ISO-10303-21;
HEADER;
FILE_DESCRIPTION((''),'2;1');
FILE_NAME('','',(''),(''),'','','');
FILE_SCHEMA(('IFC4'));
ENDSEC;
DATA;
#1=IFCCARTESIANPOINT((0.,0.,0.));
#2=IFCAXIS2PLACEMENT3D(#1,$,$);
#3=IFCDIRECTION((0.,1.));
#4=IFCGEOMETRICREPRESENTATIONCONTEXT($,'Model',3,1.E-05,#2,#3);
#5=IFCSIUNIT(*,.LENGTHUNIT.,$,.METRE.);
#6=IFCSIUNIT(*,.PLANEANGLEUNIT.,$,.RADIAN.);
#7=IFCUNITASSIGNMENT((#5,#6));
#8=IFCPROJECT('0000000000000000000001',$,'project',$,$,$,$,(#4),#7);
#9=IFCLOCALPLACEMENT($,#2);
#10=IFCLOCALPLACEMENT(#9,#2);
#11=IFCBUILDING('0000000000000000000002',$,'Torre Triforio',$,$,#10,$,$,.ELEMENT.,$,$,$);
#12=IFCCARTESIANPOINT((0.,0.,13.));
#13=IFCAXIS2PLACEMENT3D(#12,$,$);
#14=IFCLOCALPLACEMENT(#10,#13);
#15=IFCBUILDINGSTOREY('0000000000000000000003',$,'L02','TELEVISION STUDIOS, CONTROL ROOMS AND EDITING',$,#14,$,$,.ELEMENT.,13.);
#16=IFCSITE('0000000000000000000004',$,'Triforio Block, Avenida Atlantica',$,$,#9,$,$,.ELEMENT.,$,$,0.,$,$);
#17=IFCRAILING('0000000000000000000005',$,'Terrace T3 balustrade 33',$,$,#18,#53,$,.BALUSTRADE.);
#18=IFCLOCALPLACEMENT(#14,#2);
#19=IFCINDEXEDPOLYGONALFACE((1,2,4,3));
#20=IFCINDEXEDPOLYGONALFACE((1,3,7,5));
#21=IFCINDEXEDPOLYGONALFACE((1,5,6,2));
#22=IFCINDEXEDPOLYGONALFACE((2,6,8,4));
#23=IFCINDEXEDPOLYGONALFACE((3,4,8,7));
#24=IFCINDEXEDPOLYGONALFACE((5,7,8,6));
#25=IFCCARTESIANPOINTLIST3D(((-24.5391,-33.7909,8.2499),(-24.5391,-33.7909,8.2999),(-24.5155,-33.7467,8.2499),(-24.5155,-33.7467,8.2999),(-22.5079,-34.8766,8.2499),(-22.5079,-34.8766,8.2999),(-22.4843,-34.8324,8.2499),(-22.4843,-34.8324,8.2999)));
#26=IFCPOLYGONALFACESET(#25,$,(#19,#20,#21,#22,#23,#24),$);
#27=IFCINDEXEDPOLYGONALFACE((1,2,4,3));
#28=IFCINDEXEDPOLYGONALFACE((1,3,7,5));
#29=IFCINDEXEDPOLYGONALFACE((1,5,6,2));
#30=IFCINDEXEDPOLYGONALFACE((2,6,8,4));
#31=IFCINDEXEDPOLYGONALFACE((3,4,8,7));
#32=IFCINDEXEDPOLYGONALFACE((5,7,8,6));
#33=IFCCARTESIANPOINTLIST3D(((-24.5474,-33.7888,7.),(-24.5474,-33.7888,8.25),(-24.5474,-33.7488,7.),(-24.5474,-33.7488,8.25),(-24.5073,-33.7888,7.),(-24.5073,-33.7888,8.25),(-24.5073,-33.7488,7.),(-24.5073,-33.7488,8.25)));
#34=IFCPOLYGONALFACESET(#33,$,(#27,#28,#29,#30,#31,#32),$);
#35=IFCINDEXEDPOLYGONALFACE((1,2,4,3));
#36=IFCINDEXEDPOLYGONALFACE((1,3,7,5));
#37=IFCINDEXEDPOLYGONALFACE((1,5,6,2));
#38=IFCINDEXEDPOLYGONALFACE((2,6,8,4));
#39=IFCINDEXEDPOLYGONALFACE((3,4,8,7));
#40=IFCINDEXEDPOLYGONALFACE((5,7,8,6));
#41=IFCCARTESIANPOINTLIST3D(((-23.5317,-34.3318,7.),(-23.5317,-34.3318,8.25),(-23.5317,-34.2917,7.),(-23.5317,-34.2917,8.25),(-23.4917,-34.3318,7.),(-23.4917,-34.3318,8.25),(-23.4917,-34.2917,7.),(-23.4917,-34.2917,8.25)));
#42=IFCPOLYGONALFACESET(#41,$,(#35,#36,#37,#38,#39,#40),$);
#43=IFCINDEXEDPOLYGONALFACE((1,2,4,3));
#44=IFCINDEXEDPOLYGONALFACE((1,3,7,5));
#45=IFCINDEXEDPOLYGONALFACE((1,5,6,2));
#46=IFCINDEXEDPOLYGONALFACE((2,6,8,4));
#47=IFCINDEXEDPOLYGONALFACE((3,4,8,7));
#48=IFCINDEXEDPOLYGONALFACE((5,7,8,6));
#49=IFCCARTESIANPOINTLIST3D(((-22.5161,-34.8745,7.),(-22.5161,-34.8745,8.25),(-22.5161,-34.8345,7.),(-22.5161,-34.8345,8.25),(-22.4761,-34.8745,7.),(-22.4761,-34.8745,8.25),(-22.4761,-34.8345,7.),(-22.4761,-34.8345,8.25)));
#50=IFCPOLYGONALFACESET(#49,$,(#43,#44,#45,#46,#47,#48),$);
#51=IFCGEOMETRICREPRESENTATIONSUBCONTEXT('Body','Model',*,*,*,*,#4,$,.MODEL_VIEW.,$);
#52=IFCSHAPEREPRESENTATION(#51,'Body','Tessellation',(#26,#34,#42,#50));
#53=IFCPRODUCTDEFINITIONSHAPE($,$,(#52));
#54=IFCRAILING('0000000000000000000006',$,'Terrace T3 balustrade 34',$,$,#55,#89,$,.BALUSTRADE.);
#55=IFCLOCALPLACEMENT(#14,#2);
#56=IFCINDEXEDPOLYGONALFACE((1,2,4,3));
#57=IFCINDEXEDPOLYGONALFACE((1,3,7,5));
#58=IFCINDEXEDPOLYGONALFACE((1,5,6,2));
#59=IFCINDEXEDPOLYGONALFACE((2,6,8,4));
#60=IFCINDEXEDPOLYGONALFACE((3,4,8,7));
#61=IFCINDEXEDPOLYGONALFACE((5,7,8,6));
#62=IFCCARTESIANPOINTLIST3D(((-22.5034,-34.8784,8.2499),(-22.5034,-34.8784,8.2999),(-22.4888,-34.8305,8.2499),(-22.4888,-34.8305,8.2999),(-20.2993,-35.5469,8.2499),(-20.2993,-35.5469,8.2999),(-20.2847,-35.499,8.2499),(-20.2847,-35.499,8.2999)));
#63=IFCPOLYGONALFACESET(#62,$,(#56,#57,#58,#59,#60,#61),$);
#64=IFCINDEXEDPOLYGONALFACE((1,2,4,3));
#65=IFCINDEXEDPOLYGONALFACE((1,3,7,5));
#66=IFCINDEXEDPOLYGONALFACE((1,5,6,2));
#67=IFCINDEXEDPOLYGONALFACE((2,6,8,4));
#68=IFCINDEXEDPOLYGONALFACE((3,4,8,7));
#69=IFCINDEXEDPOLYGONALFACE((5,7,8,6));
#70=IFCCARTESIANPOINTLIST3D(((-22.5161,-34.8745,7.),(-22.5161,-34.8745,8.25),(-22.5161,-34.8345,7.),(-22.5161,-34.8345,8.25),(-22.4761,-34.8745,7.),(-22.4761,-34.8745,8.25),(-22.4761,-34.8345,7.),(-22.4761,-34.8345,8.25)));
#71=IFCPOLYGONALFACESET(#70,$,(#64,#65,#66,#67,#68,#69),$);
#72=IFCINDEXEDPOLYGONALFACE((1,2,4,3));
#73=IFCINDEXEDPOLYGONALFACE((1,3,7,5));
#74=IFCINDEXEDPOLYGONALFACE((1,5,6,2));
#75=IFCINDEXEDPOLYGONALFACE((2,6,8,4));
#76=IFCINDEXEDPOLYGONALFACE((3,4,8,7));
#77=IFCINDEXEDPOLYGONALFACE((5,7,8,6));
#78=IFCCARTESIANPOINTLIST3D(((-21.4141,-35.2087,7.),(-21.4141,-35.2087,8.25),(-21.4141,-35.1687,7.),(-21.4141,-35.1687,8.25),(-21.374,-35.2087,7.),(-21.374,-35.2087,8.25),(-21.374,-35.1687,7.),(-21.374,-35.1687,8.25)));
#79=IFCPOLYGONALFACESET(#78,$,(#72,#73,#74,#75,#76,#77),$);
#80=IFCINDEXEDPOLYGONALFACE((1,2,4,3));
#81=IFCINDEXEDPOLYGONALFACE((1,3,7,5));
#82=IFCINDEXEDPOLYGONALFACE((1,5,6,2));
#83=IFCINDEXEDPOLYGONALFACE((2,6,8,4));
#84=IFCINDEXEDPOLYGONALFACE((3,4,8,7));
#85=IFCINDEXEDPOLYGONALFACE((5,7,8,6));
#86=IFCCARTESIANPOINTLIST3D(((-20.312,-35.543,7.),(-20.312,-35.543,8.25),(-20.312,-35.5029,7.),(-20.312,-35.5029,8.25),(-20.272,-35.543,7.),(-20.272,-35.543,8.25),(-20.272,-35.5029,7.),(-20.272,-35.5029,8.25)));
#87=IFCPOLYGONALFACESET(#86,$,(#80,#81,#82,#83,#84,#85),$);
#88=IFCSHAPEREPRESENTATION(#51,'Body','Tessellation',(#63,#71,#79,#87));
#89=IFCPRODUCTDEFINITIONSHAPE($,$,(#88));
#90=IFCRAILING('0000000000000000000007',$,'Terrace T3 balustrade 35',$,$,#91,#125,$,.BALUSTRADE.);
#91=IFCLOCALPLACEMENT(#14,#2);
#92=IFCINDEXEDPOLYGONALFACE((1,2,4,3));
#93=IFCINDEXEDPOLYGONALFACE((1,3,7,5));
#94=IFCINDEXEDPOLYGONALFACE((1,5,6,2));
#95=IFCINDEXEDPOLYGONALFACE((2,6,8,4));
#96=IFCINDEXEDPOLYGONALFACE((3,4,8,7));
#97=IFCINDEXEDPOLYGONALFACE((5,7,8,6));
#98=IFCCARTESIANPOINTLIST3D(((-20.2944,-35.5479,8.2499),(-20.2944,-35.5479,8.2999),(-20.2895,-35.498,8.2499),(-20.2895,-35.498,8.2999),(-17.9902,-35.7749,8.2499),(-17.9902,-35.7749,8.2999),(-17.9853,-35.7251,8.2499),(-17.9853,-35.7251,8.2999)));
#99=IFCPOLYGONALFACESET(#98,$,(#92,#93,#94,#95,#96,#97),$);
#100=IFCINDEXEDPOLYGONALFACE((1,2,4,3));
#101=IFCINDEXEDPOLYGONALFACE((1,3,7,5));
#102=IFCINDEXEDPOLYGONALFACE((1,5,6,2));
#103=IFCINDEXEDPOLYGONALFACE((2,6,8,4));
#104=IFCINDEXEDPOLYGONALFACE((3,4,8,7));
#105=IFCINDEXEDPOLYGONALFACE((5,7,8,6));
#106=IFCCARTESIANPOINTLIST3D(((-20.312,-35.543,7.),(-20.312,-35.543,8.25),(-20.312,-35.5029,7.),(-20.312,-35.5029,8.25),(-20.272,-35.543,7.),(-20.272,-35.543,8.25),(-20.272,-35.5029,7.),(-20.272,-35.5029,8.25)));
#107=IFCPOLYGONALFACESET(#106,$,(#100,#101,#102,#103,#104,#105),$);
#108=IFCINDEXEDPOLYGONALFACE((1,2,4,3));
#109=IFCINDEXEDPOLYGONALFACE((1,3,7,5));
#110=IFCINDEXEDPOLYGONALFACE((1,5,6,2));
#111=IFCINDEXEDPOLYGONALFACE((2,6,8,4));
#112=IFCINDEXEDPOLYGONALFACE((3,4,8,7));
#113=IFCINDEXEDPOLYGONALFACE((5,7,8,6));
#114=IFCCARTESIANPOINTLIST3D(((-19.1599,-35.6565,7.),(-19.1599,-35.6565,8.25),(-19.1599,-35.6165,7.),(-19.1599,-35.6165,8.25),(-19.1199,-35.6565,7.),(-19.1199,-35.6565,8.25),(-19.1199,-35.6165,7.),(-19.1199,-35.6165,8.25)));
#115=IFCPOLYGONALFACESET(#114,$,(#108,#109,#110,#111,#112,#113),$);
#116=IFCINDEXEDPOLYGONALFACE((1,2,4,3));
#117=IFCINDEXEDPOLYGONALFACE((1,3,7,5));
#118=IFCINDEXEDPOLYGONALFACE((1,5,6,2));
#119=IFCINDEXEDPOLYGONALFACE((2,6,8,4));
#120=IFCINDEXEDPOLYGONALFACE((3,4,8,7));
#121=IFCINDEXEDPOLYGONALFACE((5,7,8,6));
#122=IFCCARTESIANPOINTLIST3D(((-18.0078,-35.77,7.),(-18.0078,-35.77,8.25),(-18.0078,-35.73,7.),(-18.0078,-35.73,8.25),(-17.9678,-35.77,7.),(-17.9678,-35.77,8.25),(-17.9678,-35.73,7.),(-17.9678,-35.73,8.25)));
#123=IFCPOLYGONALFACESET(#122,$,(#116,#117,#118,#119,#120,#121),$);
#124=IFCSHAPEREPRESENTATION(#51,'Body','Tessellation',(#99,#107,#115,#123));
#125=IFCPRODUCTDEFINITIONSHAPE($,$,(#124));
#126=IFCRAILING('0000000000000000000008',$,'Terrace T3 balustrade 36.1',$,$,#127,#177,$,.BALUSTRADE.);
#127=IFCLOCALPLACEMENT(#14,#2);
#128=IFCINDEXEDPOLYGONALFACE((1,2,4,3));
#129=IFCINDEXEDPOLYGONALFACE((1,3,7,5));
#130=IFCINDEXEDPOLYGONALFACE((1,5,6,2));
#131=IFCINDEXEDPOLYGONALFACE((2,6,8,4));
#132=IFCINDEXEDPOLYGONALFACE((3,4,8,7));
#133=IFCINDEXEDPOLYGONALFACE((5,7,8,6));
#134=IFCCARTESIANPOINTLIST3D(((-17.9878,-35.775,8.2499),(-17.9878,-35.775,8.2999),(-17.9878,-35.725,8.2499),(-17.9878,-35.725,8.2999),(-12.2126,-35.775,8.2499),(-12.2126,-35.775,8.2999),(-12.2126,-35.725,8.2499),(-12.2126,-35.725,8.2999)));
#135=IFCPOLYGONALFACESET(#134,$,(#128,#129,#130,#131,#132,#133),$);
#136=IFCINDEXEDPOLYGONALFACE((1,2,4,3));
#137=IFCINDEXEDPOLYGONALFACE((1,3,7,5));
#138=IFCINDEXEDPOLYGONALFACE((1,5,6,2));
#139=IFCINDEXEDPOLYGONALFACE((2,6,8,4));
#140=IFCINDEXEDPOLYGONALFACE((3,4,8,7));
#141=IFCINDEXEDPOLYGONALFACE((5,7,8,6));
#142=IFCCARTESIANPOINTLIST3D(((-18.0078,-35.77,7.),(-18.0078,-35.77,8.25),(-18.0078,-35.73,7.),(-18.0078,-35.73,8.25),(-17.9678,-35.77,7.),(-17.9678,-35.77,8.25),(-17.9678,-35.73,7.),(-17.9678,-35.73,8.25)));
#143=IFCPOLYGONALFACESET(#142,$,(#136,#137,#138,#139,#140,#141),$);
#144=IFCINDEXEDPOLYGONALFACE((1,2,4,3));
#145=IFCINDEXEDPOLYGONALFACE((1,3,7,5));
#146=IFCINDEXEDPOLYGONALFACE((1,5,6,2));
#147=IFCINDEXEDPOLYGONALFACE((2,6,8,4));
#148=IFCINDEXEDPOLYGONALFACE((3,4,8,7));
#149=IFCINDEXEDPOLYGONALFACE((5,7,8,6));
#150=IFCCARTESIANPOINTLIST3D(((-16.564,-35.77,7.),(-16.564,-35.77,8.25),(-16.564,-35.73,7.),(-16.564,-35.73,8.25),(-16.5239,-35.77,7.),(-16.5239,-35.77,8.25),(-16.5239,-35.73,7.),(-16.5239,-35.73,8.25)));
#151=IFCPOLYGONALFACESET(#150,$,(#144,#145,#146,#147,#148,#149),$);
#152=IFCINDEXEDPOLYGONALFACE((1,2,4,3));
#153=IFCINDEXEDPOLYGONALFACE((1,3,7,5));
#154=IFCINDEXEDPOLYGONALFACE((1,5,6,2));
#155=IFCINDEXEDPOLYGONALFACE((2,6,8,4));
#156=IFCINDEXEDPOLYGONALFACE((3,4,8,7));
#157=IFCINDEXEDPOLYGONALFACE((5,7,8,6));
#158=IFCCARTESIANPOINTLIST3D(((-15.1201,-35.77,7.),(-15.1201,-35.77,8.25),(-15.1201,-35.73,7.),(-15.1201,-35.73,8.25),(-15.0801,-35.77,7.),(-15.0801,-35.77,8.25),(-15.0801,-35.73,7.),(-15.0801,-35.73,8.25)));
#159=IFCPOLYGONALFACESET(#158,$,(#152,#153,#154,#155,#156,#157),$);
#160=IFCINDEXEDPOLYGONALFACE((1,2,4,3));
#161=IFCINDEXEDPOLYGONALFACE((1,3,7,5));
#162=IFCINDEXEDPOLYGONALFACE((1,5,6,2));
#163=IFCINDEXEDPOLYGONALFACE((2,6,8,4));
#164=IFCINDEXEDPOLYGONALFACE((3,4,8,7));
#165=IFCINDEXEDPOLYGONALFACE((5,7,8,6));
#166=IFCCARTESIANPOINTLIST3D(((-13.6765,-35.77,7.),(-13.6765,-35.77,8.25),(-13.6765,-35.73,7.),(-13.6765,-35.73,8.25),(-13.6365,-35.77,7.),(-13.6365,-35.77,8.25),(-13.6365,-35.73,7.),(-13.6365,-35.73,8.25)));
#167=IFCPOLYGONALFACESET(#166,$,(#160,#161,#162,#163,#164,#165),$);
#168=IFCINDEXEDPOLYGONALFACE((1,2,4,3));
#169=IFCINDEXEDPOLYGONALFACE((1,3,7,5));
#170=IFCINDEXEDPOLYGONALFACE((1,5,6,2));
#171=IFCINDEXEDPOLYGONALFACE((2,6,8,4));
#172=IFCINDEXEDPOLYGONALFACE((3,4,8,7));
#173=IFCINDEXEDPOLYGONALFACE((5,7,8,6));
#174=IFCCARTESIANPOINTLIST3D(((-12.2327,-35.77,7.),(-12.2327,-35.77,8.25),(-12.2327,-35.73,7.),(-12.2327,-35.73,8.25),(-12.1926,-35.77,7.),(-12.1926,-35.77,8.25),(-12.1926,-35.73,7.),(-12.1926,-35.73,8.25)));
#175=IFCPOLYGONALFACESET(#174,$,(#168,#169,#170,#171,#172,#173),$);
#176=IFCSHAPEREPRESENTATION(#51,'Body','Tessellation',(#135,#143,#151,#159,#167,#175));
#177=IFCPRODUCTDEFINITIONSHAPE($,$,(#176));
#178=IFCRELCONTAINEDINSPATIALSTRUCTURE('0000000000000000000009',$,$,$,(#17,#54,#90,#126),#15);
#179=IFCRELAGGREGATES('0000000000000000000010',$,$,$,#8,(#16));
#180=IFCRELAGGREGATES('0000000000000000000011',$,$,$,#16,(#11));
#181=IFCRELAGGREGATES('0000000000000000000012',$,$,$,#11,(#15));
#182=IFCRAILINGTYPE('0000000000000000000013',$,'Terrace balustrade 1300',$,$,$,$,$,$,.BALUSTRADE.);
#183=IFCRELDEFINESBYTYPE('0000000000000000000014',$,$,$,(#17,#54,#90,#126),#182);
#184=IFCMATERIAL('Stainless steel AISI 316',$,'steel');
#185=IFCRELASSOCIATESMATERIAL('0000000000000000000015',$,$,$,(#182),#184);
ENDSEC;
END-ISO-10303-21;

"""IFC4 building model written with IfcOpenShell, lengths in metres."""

from ifc_helpers import new_model, si_unit, direction, frame, origin, origin_2d, place, context, subcontext, project, spatial, rectangle, extrude, material, type_object, element, save


model = new_model("IFC4")

# Units and contexts
model_context = context("Model", 3, precision=1e-05, world=origin(), true_north=direction((0.0, 1.0)))
body_context = subcontext(model_context, "Body", "Model", "MODEL_VIEW")
ifc_project = project(units=[si_unit("LENGTHUNIT", "METRE"), si_unit("PLANEANGLEUNIT", "RADIAN")], contexts=[model_context])

# Site, building, storey
site_placement = place(None, origin())
site = spatial("IfcSite", under=ifc_project, at=site_placement, Name="Triforio Block, Avenida Atlantica", CompositionType="ELEMENT", RefElevation=0.0)
building_placement = place(site_placement, origin())
building = spatial("IfcBuilding", under=site, at=building_placement, Name="Torre Triforio", CompositionType="ELEMENT")
storey_placement = place(building_placement, frame((0.0, 0.0, 13.0)))
storey = spatial("IfcBuildingStorey", under=building, at=storey_placement, Name="L02", Description="TELEVISION STUDIOS, CONTROL ROOMS AND EDITING", CompositionType="ELEMENT", Elevation=13.0)

# Railings
ifc_material_1 = material(Name="Stainless steel AISI 316", Category="steel")
railing_type = type_object("IfcRailingType", Name="Terrace balustrade 1300", PredefinedType="BALUSTRADE", material=ifc_material_1)
railing_1_placement = place(storey_placement, frame((-24.5273, -33.7688, 7.0)))
element("IfcRailing", 1, at=railing_1_placement, inside=storey, type_object=railing_type, Name="Terrace T3 balustrade 33", PredefinedType="BALUSTRADE", context=body_context, shape_type="SweptSolid", body=[
    extrude(rectangle(XDim=0.05, YDim=0.05, at=origin_2d()), frame((0.0, 0.0, 1.2749), z_axis=(0.881927, -0.471386, 0.0), x_axis=(0.471386, 0.881927, 0.0)), (0.0, 0.0, 1.0), 2.3032),
    extrude(rectangle(XDim=0.04, YDim=0.04, at=origin_2d()), origin(), (0.0, 0.0, 1.0), 1.25),
    extrude(rectangle(XDim=0.04, YDim=0.04, at=origin_2d()), frame((1.0156, -0.543, 0.0)), (0.0, 0.0, 1.0), 1.25),
    extrude(rectangle(XDim=0.04, YDim=0.04, at=origin_2d()), frame((2.0312, -1.0857, 0.0)), (0.0, 0.0, 1.0), 1.25),
])
railing_2_placement = place(storey_placement, frame((-22.4961, -34.8545, 7.0)))
element("IfcRailing", 2, at=railing_2_placement, inside=storey, type_object=railing_type, Name="Terrace T3 balustrade 34", PredefinedType="BALUSTRADE", context=body_context, shape_type="SweptSolid", body=[
    extrude(rectangle(XDim=0.05, YDim=0.05, at=origin_2d()), frame((0.0, 0.0, 1.2749), z_axis=(0.956958, -0.290225, 0.0), x_axis=(0.290225, 0.956958, 0.0)), (0.0, 0.0, 1.0), 2.3032),
    extrude(rectangle(XDim=0.04, YDim=0.04, at=origin_2d()), origin(), (0.0, 0.0, 1.0), 1.25),
    extrude(rectangle(XDim=0.04, YDim=0.04, at=origin_2d()), frame((1.1021, -0.3342, 0.0)), (0.0, 0.0, 1.0), 1.25),
    extrude(rectangle(XDim=0.04, YDim=0.04, at=origin_2d()), frame((2.2041, -0.6685, 0.0)), (0.0, 0.0, 1.0), 1.25),
])
railing_3_placement = place(storey_placement, frame((-20.292, -35.5229, 7.0)))
element("IfcRailing", 3, at=railing_3_placement, inside=storey, type_object=railing_type, Name="Terrace T3 balustrade 35", PredefinedType="BALUSTRADE", context=body_context, shape_type="SweptSolid", body=[
    extrude(rectangle(XDim=0.05, YDim=0.05, at=origin_2d()), frame((0.0, 0.0, 1.2749), z_axis=(0.99518, -0.098063, 0.0), x_axis=(0.098063, 0.99518, 0.0)), (0.0, 0.0, 1.0), 2.3154),
    extrude(rectangle(XDim=0.04, YDim=0.04, at=origin_2d()), origin(), (0.0, 0.0, 1.0), 1.25),
    extrude(rectangle(XDim=0.04, YDim=0.04, at=origin_2d()), frame((1.1521, -0.1135, 0.0)), (0.0, 0.0, 1.0), 1.25),
    extrude(rectangle(XDim=0.04, YDim=0.04, at=origin_2d()), frame((2.3042, -0.2271, 0.0)), (0.0, 0.0, 1.0), 1.25),
])
railing_4_placement = place(storey_placement, frame((-17.9878, -35.75, 7.0)))
element("IfcRailing", 4, at=railing_4_placement, inside=storey, type_object=railing_type, Name="Terrace T3 balustrade 36.1", PredefinedType="BALUSTRADE", context=body_context, shape_type="SweptSolid", body=[
    extrude(rectangle(XDim=0.05, YDim=0.05, at=origin_2d()), frame((0.0, 0.0, 1.2749), z_axis=(1.0, 0.0, 0.0), x_axis=(0.0, 1.0, 0.0)), (0.0, 0.0, 1.0), 5.7751),
    extrude(rectangle(XDim=0.04, YDim=0.04, at=origin_2d()), origin(), (0.0, 0.0, 1.0), 1.25),
    extrude(rectangle(XDim=0.04, YDim=0.04, at=origin_2d()), frame((1.4438, 0.0, 0.0)), (0.0, 0.0, 1.0), 1.25),
    extrude(rectangle(XDim=0.04, YDim=0.04, at=origin_2d()), frame((2.8877, 0.0, 0.0)), (0.0, 0.0, 1.0), 1.25),
    extrude(rectangle(XDim=0.04, YDim=0.04, at=origin_2d()), frame((4.3313, 0.0, 0.0)), (0.0, 0.0, 1.0), 1.25),
    extrude(rectangle(XDim=0.04, YDim=0.04, at=origin_2d()), frame((5.7751, 0.0, 0.0)), (0.0, 0.0, 1.0), 1.25),
])

save(model, "model.ifc")
